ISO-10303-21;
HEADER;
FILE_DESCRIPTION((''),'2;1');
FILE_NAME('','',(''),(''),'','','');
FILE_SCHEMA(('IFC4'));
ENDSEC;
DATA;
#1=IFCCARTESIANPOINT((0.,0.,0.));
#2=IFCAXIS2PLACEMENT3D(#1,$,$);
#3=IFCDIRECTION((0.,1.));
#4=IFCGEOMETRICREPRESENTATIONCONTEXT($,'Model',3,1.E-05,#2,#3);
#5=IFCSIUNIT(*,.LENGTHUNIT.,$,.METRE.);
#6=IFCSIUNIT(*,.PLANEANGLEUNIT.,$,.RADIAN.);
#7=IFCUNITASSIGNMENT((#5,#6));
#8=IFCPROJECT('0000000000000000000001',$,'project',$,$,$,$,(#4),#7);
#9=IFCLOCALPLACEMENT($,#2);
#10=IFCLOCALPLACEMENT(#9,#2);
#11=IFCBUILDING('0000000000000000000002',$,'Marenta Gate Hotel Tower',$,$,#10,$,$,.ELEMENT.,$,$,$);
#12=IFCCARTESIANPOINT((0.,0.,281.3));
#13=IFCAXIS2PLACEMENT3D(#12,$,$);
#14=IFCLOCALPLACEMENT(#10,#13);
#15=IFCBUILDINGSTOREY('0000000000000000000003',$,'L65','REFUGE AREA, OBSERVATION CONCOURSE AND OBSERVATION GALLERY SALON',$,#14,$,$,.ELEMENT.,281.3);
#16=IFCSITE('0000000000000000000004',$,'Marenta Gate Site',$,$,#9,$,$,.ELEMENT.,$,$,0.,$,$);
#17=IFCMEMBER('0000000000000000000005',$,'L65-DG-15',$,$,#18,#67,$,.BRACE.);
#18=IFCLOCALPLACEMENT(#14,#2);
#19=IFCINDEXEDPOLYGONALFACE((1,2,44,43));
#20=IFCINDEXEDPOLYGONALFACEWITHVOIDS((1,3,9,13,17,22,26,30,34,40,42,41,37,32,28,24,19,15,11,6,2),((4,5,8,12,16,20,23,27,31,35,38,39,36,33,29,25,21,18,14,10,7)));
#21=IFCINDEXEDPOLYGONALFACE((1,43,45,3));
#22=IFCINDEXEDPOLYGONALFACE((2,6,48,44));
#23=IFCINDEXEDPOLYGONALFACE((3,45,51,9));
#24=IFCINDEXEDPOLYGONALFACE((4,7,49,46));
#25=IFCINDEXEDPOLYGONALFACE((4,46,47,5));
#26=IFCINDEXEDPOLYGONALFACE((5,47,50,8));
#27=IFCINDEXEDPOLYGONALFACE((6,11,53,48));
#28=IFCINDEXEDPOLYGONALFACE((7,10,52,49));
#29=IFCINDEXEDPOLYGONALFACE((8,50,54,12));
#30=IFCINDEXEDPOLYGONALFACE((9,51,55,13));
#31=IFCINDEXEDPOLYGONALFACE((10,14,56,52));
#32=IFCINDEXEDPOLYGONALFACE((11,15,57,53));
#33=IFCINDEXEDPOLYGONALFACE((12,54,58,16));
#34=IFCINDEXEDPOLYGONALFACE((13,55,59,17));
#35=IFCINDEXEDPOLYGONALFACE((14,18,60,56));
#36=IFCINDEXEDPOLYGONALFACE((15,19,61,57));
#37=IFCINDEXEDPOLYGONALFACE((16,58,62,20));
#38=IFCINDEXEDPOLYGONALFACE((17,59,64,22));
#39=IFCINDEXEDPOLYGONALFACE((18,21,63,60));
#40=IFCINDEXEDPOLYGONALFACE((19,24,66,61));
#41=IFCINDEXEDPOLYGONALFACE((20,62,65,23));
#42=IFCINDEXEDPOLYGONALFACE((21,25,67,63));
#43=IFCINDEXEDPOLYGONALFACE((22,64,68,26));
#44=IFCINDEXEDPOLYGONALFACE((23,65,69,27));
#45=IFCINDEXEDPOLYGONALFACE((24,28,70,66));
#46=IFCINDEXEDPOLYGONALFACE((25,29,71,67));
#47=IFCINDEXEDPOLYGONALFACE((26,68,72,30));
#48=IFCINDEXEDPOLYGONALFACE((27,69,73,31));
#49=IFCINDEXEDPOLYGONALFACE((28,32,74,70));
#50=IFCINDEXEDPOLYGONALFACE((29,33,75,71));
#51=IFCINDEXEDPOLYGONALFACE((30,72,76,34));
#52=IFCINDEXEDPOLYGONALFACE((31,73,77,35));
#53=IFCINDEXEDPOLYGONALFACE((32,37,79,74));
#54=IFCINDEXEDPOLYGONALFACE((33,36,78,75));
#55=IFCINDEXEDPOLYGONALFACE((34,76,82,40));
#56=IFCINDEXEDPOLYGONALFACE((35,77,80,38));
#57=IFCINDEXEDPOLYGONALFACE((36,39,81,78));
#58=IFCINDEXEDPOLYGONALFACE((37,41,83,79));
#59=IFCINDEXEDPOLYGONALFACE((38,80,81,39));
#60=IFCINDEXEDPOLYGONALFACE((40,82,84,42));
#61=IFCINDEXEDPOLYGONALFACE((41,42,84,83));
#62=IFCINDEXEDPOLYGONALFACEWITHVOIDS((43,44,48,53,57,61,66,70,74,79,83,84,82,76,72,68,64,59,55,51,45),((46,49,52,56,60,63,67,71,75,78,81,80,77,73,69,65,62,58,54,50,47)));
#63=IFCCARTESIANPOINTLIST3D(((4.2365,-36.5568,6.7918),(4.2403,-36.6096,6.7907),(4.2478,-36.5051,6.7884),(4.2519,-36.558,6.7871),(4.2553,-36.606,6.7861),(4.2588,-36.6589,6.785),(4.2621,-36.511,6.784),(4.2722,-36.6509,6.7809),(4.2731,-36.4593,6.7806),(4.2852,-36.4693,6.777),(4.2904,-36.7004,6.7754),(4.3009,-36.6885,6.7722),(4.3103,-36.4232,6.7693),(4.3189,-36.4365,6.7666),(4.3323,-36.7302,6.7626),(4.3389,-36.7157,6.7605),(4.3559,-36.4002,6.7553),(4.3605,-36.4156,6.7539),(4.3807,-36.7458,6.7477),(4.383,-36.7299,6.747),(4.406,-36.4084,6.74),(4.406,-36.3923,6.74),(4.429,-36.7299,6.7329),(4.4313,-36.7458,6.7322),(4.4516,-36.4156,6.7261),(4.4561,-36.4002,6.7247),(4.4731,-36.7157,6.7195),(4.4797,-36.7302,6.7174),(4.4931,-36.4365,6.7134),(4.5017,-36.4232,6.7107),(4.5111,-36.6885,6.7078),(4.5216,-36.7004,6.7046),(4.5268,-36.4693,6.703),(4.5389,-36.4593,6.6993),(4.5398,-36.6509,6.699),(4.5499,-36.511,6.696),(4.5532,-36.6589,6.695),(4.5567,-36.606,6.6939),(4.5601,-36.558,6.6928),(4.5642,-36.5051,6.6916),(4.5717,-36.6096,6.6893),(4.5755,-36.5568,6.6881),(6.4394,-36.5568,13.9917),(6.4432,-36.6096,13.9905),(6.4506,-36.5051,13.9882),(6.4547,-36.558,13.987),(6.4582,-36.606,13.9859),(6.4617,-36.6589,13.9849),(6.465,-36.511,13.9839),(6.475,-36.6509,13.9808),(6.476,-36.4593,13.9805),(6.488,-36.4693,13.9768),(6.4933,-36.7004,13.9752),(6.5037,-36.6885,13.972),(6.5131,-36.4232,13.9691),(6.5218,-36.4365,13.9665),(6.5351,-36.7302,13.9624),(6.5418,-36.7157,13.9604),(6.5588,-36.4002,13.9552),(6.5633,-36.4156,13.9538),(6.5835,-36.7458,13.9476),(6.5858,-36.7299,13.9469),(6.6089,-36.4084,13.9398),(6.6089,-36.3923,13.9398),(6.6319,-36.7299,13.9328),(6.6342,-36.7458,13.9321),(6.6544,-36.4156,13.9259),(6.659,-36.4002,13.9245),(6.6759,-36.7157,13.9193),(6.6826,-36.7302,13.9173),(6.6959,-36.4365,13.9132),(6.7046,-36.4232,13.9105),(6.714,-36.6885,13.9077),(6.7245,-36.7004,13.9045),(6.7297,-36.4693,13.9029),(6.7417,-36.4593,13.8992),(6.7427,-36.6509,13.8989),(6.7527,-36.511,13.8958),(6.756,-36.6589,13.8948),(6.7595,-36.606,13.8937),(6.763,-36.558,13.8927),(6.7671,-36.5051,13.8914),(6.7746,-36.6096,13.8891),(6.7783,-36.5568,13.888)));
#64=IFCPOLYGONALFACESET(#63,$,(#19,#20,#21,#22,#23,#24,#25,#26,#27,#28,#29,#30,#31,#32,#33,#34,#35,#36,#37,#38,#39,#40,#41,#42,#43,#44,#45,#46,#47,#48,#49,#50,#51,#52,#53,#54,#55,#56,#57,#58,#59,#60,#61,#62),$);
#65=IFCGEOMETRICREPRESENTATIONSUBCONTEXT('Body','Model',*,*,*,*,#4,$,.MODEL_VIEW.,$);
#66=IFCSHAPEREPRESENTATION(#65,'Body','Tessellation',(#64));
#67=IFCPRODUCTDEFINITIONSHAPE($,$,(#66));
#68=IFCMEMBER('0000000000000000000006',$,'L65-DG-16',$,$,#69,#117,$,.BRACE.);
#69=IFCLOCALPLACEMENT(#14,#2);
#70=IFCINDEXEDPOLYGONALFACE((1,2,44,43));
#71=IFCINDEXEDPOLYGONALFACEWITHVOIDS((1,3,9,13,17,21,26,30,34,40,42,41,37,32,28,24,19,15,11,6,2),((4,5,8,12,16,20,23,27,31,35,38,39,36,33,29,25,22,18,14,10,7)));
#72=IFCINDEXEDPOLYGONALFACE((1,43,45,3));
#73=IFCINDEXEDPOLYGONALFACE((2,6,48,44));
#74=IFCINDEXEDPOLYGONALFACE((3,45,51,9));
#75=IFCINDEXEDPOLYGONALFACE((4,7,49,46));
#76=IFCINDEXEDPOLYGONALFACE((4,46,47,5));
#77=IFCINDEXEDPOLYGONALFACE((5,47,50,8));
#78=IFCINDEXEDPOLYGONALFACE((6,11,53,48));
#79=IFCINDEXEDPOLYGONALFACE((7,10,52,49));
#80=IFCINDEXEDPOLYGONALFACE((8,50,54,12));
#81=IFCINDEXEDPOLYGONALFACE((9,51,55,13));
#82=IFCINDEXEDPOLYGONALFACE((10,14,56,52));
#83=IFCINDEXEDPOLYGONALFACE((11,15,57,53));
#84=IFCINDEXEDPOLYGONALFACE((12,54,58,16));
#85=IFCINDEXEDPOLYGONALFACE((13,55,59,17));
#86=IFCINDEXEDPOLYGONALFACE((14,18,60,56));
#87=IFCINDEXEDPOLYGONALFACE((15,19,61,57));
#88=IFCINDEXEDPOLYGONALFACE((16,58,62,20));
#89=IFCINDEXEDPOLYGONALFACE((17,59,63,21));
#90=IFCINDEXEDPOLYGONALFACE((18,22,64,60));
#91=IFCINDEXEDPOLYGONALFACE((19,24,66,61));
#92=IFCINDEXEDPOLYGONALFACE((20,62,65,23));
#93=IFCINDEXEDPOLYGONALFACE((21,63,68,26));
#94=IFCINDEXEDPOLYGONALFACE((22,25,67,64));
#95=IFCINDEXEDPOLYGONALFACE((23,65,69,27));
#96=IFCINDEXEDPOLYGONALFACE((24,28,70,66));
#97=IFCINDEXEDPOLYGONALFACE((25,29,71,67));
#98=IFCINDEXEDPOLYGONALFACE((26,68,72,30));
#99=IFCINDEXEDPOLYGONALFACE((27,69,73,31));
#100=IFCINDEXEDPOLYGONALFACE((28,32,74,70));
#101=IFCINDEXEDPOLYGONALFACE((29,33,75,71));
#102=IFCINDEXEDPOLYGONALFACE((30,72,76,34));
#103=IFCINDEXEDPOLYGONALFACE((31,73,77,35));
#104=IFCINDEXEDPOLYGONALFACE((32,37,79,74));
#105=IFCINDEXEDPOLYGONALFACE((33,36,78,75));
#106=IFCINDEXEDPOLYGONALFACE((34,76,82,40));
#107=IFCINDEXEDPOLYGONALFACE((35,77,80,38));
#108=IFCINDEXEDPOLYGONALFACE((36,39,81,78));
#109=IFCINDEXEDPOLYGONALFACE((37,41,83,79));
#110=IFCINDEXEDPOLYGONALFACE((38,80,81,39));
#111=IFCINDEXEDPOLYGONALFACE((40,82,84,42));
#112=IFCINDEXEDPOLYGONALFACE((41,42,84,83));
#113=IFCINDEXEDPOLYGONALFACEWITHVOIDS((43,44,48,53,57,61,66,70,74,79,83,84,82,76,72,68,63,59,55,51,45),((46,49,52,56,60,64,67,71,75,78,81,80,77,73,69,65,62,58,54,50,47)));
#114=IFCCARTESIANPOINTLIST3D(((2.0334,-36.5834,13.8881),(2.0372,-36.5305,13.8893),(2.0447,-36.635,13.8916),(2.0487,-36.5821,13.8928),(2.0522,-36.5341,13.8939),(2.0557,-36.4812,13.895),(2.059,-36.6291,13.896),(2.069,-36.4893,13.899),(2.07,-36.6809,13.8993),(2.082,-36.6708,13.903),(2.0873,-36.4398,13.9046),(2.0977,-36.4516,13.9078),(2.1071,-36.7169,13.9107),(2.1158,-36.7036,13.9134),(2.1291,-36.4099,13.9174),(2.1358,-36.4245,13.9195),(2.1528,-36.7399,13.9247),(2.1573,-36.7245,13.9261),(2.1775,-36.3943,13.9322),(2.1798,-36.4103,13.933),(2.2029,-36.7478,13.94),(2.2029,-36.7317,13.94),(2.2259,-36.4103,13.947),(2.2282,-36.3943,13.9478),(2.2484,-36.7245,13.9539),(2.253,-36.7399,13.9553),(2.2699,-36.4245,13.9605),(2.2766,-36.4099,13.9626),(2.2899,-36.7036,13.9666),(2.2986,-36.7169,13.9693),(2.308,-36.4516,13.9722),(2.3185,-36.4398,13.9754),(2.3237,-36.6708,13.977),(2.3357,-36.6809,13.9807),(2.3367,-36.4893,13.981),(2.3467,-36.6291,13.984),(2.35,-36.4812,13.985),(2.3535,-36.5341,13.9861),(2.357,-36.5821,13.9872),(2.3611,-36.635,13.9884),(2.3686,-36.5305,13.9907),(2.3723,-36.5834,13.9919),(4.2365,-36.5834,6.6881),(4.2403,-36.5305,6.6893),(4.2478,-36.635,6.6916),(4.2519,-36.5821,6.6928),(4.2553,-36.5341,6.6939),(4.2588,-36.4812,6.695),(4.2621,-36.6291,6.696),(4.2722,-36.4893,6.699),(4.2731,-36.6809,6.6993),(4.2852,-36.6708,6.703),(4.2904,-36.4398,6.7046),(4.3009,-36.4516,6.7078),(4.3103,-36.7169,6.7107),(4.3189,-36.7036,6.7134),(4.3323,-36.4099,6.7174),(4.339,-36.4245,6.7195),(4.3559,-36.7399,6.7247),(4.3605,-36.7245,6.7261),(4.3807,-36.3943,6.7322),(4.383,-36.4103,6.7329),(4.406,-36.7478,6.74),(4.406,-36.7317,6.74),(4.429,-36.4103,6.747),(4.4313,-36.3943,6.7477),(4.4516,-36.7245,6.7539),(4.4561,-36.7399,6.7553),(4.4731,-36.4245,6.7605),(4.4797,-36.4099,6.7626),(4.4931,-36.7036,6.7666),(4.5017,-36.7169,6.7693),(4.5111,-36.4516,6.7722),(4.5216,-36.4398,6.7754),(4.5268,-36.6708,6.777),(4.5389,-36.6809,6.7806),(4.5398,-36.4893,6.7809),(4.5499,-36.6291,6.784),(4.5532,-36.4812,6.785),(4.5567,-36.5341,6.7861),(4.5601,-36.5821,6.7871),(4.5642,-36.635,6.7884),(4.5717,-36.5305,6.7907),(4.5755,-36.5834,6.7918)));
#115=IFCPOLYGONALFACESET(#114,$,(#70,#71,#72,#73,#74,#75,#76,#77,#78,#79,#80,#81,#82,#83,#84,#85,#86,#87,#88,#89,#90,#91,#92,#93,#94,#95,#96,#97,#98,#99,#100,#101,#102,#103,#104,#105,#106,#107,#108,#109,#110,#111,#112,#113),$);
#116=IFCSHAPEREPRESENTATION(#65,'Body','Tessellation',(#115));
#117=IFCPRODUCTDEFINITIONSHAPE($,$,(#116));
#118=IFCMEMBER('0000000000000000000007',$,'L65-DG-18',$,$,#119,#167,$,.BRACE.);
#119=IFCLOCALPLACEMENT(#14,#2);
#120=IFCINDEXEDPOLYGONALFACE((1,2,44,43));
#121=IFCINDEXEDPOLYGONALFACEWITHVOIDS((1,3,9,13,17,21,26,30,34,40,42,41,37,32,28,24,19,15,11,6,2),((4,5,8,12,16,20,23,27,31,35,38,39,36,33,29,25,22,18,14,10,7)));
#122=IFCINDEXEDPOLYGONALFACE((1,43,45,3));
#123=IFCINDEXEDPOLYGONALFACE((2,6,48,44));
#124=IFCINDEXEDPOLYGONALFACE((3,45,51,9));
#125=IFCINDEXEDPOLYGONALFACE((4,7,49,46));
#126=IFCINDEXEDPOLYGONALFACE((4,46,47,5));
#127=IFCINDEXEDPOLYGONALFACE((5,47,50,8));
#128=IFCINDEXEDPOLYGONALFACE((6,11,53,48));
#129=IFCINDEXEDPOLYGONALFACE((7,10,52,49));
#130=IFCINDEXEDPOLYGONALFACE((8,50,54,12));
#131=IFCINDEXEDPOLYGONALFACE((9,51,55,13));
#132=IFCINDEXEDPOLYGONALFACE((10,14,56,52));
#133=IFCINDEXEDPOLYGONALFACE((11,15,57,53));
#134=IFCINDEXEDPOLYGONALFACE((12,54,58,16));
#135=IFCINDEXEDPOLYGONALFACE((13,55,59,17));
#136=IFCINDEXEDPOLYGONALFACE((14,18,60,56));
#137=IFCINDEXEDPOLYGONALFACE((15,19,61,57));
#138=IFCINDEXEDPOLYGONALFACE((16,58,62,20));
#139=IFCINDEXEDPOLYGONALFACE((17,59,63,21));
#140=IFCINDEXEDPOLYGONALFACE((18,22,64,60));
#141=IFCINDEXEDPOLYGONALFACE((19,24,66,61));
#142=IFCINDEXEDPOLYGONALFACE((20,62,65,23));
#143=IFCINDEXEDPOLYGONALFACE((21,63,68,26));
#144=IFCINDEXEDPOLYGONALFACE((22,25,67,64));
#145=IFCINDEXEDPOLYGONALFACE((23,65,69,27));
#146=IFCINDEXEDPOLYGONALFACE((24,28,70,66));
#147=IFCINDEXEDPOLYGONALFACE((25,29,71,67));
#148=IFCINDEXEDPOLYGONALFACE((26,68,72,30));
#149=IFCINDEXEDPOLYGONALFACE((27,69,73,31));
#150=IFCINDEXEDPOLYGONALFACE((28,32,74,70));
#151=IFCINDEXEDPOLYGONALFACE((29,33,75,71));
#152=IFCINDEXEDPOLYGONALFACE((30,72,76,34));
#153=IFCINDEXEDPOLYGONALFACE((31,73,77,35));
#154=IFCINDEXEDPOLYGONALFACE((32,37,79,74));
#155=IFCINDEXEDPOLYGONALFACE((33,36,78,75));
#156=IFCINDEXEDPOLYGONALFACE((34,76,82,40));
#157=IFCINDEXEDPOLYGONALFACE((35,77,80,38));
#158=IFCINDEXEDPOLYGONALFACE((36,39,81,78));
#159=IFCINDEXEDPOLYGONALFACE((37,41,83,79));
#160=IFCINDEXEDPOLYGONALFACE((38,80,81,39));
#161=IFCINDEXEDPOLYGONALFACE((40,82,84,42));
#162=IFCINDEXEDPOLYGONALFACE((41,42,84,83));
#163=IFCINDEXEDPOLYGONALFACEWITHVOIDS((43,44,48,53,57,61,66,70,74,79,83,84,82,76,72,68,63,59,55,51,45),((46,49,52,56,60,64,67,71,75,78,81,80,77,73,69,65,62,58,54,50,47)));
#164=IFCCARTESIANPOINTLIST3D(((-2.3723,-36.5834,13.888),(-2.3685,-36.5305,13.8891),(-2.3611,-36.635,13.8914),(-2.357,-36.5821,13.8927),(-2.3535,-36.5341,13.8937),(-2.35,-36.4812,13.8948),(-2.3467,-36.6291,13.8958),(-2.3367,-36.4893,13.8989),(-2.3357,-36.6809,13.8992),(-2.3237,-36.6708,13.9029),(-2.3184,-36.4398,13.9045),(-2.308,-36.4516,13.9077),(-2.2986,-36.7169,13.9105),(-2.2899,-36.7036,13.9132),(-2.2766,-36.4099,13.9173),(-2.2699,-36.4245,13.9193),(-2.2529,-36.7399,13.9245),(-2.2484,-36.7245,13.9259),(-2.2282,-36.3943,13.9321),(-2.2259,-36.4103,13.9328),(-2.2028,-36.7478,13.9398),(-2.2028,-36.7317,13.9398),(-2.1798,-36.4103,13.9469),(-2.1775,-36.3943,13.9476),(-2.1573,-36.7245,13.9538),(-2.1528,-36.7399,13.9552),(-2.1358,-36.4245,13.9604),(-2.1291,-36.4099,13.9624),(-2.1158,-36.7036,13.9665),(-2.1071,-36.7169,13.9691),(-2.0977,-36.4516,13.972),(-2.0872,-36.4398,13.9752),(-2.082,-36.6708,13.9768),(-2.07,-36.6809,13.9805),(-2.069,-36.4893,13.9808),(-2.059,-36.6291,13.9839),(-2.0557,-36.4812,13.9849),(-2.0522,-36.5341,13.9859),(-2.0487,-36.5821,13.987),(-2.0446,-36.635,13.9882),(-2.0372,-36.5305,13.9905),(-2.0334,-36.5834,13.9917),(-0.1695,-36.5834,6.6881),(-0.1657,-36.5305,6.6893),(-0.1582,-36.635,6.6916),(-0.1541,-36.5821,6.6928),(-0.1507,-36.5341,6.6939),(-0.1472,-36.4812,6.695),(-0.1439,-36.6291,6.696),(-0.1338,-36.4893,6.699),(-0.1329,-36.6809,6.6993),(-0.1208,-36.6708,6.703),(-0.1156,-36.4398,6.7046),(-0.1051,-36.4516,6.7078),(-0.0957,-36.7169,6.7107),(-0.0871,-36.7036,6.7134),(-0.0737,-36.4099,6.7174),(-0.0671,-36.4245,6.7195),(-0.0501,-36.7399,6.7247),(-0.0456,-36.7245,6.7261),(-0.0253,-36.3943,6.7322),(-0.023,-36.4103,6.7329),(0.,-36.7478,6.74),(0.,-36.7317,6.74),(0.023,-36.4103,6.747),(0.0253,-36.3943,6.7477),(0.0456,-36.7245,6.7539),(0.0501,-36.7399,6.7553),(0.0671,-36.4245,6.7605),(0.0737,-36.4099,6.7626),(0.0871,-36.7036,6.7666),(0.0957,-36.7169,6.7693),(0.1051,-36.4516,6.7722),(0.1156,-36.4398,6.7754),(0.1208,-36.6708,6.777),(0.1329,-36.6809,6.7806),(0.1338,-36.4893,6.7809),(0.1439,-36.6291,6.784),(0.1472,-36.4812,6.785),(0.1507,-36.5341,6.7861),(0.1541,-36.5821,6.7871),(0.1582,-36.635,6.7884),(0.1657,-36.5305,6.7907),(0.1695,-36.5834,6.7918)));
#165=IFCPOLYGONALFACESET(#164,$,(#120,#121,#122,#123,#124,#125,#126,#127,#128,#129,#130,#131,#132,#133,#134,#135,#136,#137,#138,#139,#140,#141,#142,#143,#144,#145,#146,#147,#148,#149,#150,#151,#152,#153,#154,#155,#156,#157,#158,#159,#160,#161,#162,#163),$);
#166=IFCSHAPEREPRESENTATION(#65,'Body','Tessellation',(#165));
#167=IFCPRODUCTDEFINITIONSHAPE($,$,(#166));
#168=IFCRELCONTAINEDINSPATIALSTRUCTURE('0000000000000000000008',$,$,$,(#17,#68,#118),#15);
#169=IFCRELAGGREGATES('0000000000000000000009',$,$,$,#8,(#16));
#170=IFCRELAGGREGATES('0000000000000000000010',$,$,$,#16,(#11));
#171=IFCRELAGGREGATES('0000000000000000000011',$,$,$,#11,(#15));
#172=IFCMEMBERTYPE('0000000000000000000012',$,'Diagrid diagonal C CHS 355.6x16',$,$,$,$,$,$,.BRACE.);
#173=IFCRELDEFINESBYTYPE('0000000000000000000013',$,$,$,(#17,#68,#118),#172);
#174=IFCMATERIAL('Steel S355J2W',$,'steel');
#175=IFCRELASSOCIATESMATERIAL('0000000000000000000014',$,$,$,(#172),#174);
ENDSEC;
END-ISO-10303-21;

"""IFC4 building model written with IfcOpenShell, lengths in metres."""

from ifc_helpers import new_model, si_unit, direction, frame, origin, origin_2d, place, context, subcontext, project, spatial, hollow_circle, extrude, material, material_profile, profile_set, type_object, element, save


model = new_model("IFC4")

# Units and contexts
model_context = context("Model", 3, precision=1e-05, world=origin(), true_north=direction((0.0, 1.0)))
body_context = subcontext(model_context, "Body", "Model", "MODEL_VIEW")
ifc_project = project(units=[si_unit("LENGTHUNIT", "METRE"), si_unit("PLANEANGLEUNIT", "RADIAN")], contexts=[model_context])

# Site, building, storey
site_placement = place(None, origin())
site = spatial("IfcSite", under=ifc_project, at=site_placement, Name="Marenta Gate Site", CompositionType="ELEMENT", RefElevation=0.0)
building_placement = place(site_placement, origin())
building = spatial("IfcBuilding", under=site, at=building_placement, Name="Marenta Gate Hotel Tower", CompositionType="ELEMENT")
storey_placement = place(building_placement, frame((0.0, 0.0, 281.3)))
storey = spatial("IfcBuildingStorey", under=building, at=storey_placement, Name="L65", Description="REFUGE AREA, OBSERVATION CONCOURSE AND OBSERVATION GALLERY SALON", CompositionType="ELEMENT", Elevation=281.3)

# Members
ifc_material_1 = material(Name="Steel S355J2W", Category="steel")
ifc_material_profile_1 = material_profile(ifc_material_1, hollow_circle(Radius=0.1777, WallThickness=0.0161, at=origin_2d()), Name="CHS 355.6x16")
ifc_profile_set_1 = profile_set([ifc_material_profile_1], Name="Steel S355J2W")
member_type_1 = type_object("IfcMemberType", Name="Diagrid diagonal C CHS 355.6x16", PredefinedType="BRACE", material=ifc_profile_set_1)
member_1_placement = place(storey_placement, frame((4.406, -36.5701, 6.74), z_axis=(0.29257, 0.0, 0.956244), x_axis=(0.0, 1.0, 0.0)))
element("IfcMember", 1, at=member_1_placement, inside=storey, type_object=member_type_1, Name="L65-DG-15", PredefinedType="BRACE", context=body_context, shape_type="SweptSolid", body=[
    extrude(hollow_circle(Radius=0.1777, WallThickness=0.0161, at=origin_2d()), origin(), (0.0, 0.0, 1.0), 7.5293),
])
member_2_placement = place(storey_placement, frame((4.406, -36.5701, 6.74), z_axis=(-0.2926, 0.0, 0.956235), x_axis=(0.0, -1.0, 0.0)))
element("IfcMember", 2, at=member_2_placement, inside=storey, type_object=member_type_1, Name="L65-DG-16", PredefinedType="BRACE", context=body_context, shape_type="SweptSolid", body=[
    extrude(hollow_circle(Radius=0.1777, WallThickness=0.0161, at=origin_2d()), origin(), (0.0, 0.0, 1.0), 7.5295),
])
member_3_placement = place(storey_placement, frame((0.0, -36.5701, 6.74), z_axis=(-0.29257, 0.0, 0.956244), x_axis=(0.0, -1.0, 0.0)))
element("IfcMember", 3, at=member_3_placement, inside=storey, type_object=member_type_1, Name="L65-DG-18", PredefinedType="BRACE", context=body_context, shape_type="SweptSolid", body=[
    extrude(hollow_circle(Radius=0.1777, WallThickness=0.0161, at=origin_2d()), origin(), (0.0, 0.0, 1.0), 7.5293),
])

save(model, "model.ifc")
